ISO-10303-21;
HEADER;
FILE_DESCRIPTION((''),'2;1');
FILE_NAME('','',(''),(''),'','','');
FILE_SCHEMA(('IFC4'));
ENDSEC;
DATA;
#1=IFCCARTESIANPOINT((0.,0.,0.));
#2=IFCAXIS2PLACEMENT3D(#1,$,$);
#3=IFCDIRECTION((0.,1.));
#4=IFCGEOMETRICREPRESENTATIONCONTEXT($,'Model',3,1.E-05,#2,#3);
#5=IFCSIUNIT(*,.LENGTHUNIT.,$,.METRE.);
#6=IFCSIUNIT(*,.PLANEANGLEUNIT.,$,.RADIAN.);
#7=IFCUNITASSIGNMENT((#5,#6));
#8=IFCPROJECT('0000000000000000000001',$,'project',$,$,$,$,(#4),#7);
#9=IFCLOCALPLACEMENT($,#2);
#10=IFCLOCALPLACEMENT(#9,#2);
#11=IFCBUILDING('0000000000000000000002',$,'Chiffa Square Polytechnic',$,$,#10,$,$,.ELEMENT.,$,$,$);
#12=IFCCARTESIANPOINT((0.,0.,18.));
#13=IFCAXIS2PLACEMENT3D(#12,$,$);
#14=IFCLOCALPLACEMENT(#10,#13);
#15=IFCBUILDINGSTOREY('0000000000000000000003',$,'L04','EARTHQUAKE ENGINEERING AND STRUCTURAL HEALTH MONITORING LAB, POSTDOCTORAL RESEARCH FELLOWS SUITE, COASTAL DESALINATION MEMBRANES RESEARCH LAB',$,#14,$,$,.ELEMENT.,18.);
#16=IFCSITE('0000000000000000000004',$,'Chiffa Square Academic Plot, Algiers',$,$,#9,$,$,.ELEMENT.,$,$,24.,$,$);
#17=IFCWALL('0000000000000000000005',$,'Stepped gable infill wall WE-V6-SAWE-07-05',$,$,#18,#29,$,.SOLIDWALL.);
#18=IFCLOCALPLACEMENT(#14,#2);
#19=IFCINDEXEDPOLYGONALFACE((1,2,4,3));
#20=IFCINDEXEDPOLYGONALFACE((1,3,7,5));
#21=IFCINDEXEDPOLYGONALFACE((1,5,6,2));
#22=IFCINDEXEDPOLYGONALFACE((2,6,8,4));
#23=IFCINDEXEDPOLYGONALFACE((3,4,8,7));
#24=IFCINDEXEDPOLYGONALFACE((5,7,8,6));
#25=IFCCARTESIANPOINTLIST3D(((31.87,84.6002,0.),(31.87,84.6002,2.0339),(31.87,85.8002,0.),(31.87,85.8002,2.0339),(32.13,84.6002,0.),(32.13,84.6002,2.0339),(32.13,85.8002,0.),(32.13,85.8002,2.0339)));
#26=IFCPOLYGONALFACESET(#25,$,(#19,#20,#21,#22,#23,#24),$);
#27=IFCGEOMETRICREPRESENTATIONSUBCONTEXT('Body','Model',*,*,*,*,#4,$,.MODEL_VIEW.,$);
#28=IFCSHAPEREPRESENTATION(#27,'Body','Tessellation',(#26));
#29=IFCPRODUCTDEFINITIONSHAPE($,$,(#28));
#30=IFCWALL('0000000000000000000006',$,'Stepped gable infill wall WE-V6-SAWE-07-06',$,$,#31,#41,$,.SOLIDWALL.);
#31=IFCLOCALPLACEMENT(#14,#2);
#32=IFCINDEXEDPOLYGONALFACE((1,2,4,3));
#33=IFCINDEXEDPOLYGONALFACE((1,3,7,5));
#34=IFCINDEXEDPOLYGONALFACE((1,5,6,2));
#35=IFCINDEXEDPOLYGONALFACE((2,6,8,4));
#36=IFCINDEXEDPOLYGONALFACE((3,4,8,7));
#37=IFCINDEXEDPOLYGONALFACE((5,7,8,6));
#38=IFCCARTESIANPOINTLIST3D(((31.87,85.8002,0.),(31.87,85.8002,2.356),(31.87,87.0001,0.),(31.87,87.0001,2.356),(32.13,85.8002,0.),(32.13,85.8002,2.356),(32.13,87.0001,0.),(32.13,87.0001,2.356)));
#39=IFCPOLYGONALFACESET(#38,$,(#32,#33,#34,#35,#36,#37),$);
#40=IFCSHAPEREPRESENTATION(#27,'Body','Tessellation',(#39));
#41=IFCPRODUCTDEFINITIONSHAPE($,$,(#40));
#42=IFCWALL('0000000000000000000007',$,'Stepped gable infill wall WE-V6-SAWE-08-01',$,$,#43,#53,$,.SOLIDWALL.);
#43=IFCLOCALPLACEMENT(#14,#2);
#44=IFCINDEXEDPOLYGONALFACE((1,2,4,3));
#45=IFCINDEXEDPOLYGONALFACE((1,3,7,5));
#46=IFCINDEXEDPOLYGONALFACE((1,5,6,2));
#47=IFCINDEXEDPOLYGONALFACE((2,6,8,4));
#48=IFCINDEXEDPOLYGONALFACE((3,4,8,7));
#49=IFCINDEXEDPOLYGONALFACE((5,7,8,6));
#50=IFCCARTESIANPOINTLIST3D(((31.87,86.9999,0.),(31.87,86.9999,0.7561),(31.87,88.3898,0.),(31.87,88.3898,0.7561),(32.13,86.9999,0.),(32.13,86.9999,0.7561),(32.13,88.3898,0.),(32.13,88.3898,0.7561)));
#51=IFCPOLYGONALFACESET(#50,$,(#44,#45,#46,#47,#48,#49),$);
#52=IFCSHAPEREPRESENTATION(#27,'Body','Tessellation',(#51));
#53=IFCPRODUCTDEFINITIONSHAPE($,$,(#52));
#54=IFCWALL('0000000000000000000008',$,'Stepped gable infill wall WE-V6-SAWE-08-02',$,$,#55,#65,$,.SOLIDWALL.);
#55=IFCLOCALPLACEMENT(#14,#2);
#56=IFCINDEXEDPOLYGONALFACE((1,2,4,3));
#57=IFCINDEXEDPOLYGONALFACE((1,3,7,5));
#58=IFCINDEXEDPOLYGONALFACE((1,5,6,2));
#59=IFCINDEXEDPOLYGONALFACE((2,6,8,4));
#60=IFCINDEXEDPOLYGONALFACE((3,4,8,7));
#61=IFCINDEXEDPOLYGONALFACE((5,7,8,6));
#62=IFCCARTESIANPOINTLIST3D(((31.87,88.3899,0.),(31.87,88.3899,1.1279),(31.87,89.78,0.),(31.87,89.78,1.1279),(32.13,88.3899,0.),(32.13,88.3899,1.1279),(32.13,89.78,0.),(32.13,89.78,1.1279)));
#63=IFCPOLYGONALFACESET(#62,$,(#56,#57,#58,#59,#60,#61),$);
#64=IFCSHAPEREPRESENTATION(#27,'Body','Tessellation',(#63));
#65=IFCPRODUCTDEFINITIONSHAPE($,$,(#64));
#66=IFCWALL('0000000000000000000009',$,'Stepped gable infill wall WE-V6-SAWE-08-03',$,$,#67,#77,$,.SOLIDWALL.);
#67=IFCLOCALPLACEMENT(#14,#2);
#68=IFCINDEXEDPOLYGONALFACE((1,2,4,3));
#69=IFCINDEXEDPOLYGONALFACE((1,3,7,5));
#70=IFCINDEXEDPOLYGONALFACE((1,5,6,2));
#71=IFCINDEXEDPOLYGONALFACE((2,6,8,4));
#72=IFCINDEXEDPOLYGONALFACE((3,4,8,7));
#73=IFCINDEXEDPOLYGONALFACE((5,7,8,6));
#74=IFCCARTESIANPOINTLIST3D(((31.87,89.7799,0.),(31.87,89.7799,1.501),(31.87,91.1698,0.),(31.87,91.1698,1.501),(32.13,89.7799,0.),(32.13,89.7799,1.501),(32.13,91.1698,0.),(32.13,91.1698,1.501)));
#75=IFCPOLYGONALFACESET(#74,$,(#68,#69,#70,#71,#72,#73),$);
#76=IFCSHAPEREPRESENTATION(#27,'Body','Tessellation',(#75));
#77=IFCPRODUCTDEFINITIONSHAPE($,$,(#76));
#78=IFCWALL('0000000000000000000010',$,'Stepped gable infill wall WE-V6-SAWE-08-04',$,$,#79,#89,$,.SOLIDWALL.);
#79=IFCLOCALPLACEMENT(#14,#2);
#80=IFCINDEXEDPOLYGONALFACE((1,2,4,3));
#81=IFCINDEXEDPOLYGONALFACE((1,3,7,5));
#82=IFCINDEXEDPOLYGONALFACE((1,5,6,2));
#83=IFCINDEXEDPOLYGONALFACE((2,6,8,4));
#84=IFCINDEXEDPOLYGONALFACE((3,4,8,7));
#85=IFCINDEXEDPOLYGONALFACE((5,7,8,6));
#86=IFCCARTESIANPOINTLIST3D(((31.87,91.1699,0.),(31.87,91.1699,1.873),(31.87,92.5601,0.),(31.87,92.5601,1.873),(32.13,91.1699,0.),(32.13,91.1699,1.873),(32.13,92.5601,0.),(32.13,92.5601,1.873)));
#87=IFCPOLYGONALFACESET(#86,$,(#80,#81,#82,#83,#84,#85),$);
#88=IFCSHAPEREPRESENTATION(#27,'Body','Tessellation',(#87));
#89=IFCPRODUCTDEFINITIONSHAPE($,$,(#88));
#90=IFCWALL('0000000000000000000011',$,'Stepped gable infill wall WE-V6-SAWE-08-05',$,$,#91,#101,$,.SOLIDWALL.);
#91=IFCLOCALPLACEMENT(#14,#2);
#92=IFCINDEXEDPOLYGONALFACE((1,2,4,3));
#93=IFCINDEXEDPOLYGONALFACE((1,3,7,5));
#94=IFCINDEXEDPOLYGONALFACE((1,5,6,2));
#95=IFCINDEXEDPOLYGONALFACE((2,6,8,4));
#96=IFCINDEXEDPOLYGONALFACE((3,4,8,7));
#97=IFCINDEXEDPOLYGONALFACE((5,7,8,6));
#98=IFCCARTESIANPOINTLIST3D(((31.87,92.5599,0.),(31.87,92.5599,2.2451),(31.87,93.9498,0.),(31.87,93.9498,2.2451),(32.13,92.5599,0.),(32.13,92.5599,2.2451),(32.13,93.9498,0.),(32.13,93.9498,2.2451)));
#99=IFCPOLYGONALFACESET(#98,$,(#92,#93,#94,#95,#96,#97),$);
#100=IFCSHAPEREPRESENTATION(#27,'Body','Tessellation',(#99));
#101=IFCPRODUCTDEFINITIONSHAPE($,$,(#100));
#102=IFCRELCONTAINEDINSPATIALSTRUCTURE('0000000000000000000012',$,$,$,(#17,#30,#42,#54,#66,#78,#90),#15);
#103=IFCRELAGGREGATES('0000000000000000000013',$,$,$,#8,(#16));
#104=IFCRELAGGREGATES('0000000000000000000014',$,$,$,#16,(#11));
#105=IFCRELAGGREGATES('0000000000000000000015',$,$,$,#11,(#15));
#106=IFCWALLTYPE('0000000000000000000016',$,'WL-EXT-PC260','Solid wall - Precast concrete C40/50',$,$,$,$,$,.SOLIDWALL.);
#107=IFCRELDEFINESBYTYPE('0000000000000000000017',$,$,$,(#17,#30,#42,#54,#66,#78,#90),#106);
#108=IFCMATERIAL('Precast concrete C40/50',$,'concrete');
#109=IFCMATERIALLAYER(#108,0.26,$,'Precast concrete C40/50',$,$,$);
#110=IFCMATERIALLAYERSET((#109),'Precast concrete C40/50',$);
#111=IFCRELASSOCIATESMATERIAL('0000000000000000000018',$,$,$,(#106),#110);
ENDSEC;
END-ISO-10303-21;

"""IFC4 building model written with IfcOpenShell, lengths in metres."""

from ifc_helpers import new_model, si_unit, direction, frame, frame_2d, origin, place, context, subcontext, project, spatial, rectangle, extrude, material, layer, layer_set, type_object, element, save


model = new_model("IFC4")

# Units and contexts
model_context = context("Model", 3, precision=1e-05, world=origin(), true_north=direction((0.0, 1.0)))
body_context = subcontext(model_context, "Body", "Model", "MODEL_VIEW")
ifc_project = project(units=[si_unit("LENGTHUNIT", "METRE"), si_unit("PLANEANGLEUNIT", "RADIAN")], contexts=[model_context])

# Site, building, storey
site_placement = place(None, origin())
site = spatial("IfcSite", under=ifc_project, at=site_placement, Name="Chiffa Square Academic Plot, Algiers", CompositionType="ELEMENT", RefElevation=24.0)
building_placement = place(site_placement, origin())
building = spatial("IfcBuilding", under=site, at=building_placement, Name="Chiffa Square Polytechnic", CompositionType="ELEMENT")
storey_placement = place(building_placement, frame((0.0, 0.0, 18.0)))
storey = spatial("IfcBuildingStorey", under=building, at=storey_placement, Name="L04", Description="EARTHQUAKE ENGINEERING AND STRUCTURAL HEALTH MONITORING LAB, POSTDOCTORAL RESEARCH FELLOWS SUITE, COASTAL DESALINATION MEMBRANES RESEARCH LAB", CompositionType="ELEMENT", Elevation=18.0)

# Walls
ifc_material_1 = material(Name="Precast concrete C40/50", Category="concrete")
ifc_layer_1 = layer(ifc_material_1, 0.26, Name="Precast concrete C40/50")
ifc_layer_set_1 = layer_set([ifc_layer_1], Name="Precast concrete C40/50")
wall_type = type_object("IfcWallType", Name="WL-EXT-PC260", Description="Solid wall - Precast concrete C40/50", PredefinedType="SOLIDWALL", material=ifc_layer_set_1)
wall_1_placement = place(storey_placement, frame((32.0, 84.6001, 0.0), z_axis=(0.0, 0.0, 1.0), x_axis=(0.0, 1.0, 0.0)))
element("IfcWall", 1, at=wall_1_placement, inside=storey, type_object=wall_type, Name="Stepped gable infill wall WE-V6-SAWE-07-05", PredefinedType="SOLIDWALL", context=body_context, shape_type="SweptSolid", body=[
    extrude(rectangle(XDim=1.2, YDim=0.26, at=frame_2d((0.6001, 0.0))), origin(), (0.0, 0.0, 1.0), 2.0339),
])
wall_2_placement = place(storey_placement, frame((32.0, 85.8, 0.0), z_axis=(0.0, 0.0, 1.0), x_axis=(0.0, 1.0, 0.0)))
element("IfcWall", 2, at=wall_2_placement, inside=storey, type_object=wall_type, Name="Stepped gable infill wall WE-V6-SAWE-07-06", PredefinedType="SOLIDWALL", context=body_context, shape_type="SweptSolid", body=[
    extrude(rectangle(XDim=1.2, YDim=0.26, at=frame_2d((0.6001, 0.0))), origin(), (0.0, 0.0, 1.0), 2.356),
])
wall_3_placement = place(storey_placement, frame((32.0, 87.0, 0.0), z_axis=(0.0, 0.0, 1.0), x_axis=(0.0, 1.0, 0.0)))
element("IfcWall", 3, at=wall_3_placement, inside=storey, type_object=wall_type, Name="Stepped gable infill wall WE-V6-SAWE-08-01", PredefinedType="SOLIDWALL", context=body_context, shape_type="SweptSolid", body=[
    extrude(rectangle(XDim=1.3899, YDim=0.26, at=frame_2d((0.6948, 0.0))), origin(), (0.0, 0.0, 1.0), 0.7561),
])
wall_4_placement = place(storey_placement, frame((32.0, 88.3899, 0.0), z_axis=(0.0, 0.0, 1.0), x_axis=(0.0, 1.0, 0.0)))
element("IfcWall", 4, at=wall_4_placement, inside=storey, type_object=wall_type, Name="Stepped gable infill wall WE-V6-SAWE-08-02", PredefinedType="SOLIDWALL", context=body_context, shape_type="SweptSolid", body=[
    extrude(rectangle(XDim=1.3901, YDim=0.26, at=frame_2d((0.6951, 0.0))), origin(), (0.0, 0.0, 1.0), 1.1279),
])
wall_5_placement = place(storey_placement, frame((32.0, 89.78, 0.0), z_axis=(0.0, 0.0, 1.0), x_axis=(0.0, 1.0, 0.0)))
element("IfcWall", 5, at=wall_5_placement, inside=storey, type_object=wall_type, Name="Stepped gable infill wall WE-V6-SAWE-08-03", PredefinedType="SOLIDWALL", context=body_context, shape_type="SweptSolid", body=[
    extrude(rectangle(XDim=1.3899, YDim=0.26, at=frame_2d((0.6948, 0.0))), origin(), (0.0, 0.0, 1.0), 1.501),
])
wall_6_placement = place(storey_placement, frame((32.0, 91.1699, 0.0), z_axis=(0.0, 0.0, 1.0), x_axis=(0.0, 1.0, 0.0)))
element("IfcWall", 6, at=wall_6_placement, inside=storey, type_object=wall_type, Name="Stepped gable infill wall WE-V6-SAWE-08-04", PredefinedType="SOLIDWALL", context=body_context, shape_type="SweptSolid", body=[
    extrude(rectangle(XDim=1.3901, YDim=0.26, at=frame_2d((0.6951, 0.0))), origin(), (0.0, 0.0, 1.0), 1.873),
])
wall_7_placement = place(storey_placement, frame((32.0, 92.5601, 0.0), z_axis=(0.0, 0.0, 1.0), x_axis=(0.0, 1.0, 0.0)))
element("IfcWall", 7, at=wall_7_placement, inside=storey, type_object=wall_type, Name="Stepped gable infill wall WE-V6-SAWE-08-05", PredefinedType="SOLIDWALL", context=body_context, shape_type="SweptSolid", body=[
    extrude(rectangle(XDim=1.3899, YDim=0.26, at=frame_2d((0.6948, 0.0))), origin(), (0.0, 0.0, 1.0), 2.2451),
])

save(model, "model.ifc")
